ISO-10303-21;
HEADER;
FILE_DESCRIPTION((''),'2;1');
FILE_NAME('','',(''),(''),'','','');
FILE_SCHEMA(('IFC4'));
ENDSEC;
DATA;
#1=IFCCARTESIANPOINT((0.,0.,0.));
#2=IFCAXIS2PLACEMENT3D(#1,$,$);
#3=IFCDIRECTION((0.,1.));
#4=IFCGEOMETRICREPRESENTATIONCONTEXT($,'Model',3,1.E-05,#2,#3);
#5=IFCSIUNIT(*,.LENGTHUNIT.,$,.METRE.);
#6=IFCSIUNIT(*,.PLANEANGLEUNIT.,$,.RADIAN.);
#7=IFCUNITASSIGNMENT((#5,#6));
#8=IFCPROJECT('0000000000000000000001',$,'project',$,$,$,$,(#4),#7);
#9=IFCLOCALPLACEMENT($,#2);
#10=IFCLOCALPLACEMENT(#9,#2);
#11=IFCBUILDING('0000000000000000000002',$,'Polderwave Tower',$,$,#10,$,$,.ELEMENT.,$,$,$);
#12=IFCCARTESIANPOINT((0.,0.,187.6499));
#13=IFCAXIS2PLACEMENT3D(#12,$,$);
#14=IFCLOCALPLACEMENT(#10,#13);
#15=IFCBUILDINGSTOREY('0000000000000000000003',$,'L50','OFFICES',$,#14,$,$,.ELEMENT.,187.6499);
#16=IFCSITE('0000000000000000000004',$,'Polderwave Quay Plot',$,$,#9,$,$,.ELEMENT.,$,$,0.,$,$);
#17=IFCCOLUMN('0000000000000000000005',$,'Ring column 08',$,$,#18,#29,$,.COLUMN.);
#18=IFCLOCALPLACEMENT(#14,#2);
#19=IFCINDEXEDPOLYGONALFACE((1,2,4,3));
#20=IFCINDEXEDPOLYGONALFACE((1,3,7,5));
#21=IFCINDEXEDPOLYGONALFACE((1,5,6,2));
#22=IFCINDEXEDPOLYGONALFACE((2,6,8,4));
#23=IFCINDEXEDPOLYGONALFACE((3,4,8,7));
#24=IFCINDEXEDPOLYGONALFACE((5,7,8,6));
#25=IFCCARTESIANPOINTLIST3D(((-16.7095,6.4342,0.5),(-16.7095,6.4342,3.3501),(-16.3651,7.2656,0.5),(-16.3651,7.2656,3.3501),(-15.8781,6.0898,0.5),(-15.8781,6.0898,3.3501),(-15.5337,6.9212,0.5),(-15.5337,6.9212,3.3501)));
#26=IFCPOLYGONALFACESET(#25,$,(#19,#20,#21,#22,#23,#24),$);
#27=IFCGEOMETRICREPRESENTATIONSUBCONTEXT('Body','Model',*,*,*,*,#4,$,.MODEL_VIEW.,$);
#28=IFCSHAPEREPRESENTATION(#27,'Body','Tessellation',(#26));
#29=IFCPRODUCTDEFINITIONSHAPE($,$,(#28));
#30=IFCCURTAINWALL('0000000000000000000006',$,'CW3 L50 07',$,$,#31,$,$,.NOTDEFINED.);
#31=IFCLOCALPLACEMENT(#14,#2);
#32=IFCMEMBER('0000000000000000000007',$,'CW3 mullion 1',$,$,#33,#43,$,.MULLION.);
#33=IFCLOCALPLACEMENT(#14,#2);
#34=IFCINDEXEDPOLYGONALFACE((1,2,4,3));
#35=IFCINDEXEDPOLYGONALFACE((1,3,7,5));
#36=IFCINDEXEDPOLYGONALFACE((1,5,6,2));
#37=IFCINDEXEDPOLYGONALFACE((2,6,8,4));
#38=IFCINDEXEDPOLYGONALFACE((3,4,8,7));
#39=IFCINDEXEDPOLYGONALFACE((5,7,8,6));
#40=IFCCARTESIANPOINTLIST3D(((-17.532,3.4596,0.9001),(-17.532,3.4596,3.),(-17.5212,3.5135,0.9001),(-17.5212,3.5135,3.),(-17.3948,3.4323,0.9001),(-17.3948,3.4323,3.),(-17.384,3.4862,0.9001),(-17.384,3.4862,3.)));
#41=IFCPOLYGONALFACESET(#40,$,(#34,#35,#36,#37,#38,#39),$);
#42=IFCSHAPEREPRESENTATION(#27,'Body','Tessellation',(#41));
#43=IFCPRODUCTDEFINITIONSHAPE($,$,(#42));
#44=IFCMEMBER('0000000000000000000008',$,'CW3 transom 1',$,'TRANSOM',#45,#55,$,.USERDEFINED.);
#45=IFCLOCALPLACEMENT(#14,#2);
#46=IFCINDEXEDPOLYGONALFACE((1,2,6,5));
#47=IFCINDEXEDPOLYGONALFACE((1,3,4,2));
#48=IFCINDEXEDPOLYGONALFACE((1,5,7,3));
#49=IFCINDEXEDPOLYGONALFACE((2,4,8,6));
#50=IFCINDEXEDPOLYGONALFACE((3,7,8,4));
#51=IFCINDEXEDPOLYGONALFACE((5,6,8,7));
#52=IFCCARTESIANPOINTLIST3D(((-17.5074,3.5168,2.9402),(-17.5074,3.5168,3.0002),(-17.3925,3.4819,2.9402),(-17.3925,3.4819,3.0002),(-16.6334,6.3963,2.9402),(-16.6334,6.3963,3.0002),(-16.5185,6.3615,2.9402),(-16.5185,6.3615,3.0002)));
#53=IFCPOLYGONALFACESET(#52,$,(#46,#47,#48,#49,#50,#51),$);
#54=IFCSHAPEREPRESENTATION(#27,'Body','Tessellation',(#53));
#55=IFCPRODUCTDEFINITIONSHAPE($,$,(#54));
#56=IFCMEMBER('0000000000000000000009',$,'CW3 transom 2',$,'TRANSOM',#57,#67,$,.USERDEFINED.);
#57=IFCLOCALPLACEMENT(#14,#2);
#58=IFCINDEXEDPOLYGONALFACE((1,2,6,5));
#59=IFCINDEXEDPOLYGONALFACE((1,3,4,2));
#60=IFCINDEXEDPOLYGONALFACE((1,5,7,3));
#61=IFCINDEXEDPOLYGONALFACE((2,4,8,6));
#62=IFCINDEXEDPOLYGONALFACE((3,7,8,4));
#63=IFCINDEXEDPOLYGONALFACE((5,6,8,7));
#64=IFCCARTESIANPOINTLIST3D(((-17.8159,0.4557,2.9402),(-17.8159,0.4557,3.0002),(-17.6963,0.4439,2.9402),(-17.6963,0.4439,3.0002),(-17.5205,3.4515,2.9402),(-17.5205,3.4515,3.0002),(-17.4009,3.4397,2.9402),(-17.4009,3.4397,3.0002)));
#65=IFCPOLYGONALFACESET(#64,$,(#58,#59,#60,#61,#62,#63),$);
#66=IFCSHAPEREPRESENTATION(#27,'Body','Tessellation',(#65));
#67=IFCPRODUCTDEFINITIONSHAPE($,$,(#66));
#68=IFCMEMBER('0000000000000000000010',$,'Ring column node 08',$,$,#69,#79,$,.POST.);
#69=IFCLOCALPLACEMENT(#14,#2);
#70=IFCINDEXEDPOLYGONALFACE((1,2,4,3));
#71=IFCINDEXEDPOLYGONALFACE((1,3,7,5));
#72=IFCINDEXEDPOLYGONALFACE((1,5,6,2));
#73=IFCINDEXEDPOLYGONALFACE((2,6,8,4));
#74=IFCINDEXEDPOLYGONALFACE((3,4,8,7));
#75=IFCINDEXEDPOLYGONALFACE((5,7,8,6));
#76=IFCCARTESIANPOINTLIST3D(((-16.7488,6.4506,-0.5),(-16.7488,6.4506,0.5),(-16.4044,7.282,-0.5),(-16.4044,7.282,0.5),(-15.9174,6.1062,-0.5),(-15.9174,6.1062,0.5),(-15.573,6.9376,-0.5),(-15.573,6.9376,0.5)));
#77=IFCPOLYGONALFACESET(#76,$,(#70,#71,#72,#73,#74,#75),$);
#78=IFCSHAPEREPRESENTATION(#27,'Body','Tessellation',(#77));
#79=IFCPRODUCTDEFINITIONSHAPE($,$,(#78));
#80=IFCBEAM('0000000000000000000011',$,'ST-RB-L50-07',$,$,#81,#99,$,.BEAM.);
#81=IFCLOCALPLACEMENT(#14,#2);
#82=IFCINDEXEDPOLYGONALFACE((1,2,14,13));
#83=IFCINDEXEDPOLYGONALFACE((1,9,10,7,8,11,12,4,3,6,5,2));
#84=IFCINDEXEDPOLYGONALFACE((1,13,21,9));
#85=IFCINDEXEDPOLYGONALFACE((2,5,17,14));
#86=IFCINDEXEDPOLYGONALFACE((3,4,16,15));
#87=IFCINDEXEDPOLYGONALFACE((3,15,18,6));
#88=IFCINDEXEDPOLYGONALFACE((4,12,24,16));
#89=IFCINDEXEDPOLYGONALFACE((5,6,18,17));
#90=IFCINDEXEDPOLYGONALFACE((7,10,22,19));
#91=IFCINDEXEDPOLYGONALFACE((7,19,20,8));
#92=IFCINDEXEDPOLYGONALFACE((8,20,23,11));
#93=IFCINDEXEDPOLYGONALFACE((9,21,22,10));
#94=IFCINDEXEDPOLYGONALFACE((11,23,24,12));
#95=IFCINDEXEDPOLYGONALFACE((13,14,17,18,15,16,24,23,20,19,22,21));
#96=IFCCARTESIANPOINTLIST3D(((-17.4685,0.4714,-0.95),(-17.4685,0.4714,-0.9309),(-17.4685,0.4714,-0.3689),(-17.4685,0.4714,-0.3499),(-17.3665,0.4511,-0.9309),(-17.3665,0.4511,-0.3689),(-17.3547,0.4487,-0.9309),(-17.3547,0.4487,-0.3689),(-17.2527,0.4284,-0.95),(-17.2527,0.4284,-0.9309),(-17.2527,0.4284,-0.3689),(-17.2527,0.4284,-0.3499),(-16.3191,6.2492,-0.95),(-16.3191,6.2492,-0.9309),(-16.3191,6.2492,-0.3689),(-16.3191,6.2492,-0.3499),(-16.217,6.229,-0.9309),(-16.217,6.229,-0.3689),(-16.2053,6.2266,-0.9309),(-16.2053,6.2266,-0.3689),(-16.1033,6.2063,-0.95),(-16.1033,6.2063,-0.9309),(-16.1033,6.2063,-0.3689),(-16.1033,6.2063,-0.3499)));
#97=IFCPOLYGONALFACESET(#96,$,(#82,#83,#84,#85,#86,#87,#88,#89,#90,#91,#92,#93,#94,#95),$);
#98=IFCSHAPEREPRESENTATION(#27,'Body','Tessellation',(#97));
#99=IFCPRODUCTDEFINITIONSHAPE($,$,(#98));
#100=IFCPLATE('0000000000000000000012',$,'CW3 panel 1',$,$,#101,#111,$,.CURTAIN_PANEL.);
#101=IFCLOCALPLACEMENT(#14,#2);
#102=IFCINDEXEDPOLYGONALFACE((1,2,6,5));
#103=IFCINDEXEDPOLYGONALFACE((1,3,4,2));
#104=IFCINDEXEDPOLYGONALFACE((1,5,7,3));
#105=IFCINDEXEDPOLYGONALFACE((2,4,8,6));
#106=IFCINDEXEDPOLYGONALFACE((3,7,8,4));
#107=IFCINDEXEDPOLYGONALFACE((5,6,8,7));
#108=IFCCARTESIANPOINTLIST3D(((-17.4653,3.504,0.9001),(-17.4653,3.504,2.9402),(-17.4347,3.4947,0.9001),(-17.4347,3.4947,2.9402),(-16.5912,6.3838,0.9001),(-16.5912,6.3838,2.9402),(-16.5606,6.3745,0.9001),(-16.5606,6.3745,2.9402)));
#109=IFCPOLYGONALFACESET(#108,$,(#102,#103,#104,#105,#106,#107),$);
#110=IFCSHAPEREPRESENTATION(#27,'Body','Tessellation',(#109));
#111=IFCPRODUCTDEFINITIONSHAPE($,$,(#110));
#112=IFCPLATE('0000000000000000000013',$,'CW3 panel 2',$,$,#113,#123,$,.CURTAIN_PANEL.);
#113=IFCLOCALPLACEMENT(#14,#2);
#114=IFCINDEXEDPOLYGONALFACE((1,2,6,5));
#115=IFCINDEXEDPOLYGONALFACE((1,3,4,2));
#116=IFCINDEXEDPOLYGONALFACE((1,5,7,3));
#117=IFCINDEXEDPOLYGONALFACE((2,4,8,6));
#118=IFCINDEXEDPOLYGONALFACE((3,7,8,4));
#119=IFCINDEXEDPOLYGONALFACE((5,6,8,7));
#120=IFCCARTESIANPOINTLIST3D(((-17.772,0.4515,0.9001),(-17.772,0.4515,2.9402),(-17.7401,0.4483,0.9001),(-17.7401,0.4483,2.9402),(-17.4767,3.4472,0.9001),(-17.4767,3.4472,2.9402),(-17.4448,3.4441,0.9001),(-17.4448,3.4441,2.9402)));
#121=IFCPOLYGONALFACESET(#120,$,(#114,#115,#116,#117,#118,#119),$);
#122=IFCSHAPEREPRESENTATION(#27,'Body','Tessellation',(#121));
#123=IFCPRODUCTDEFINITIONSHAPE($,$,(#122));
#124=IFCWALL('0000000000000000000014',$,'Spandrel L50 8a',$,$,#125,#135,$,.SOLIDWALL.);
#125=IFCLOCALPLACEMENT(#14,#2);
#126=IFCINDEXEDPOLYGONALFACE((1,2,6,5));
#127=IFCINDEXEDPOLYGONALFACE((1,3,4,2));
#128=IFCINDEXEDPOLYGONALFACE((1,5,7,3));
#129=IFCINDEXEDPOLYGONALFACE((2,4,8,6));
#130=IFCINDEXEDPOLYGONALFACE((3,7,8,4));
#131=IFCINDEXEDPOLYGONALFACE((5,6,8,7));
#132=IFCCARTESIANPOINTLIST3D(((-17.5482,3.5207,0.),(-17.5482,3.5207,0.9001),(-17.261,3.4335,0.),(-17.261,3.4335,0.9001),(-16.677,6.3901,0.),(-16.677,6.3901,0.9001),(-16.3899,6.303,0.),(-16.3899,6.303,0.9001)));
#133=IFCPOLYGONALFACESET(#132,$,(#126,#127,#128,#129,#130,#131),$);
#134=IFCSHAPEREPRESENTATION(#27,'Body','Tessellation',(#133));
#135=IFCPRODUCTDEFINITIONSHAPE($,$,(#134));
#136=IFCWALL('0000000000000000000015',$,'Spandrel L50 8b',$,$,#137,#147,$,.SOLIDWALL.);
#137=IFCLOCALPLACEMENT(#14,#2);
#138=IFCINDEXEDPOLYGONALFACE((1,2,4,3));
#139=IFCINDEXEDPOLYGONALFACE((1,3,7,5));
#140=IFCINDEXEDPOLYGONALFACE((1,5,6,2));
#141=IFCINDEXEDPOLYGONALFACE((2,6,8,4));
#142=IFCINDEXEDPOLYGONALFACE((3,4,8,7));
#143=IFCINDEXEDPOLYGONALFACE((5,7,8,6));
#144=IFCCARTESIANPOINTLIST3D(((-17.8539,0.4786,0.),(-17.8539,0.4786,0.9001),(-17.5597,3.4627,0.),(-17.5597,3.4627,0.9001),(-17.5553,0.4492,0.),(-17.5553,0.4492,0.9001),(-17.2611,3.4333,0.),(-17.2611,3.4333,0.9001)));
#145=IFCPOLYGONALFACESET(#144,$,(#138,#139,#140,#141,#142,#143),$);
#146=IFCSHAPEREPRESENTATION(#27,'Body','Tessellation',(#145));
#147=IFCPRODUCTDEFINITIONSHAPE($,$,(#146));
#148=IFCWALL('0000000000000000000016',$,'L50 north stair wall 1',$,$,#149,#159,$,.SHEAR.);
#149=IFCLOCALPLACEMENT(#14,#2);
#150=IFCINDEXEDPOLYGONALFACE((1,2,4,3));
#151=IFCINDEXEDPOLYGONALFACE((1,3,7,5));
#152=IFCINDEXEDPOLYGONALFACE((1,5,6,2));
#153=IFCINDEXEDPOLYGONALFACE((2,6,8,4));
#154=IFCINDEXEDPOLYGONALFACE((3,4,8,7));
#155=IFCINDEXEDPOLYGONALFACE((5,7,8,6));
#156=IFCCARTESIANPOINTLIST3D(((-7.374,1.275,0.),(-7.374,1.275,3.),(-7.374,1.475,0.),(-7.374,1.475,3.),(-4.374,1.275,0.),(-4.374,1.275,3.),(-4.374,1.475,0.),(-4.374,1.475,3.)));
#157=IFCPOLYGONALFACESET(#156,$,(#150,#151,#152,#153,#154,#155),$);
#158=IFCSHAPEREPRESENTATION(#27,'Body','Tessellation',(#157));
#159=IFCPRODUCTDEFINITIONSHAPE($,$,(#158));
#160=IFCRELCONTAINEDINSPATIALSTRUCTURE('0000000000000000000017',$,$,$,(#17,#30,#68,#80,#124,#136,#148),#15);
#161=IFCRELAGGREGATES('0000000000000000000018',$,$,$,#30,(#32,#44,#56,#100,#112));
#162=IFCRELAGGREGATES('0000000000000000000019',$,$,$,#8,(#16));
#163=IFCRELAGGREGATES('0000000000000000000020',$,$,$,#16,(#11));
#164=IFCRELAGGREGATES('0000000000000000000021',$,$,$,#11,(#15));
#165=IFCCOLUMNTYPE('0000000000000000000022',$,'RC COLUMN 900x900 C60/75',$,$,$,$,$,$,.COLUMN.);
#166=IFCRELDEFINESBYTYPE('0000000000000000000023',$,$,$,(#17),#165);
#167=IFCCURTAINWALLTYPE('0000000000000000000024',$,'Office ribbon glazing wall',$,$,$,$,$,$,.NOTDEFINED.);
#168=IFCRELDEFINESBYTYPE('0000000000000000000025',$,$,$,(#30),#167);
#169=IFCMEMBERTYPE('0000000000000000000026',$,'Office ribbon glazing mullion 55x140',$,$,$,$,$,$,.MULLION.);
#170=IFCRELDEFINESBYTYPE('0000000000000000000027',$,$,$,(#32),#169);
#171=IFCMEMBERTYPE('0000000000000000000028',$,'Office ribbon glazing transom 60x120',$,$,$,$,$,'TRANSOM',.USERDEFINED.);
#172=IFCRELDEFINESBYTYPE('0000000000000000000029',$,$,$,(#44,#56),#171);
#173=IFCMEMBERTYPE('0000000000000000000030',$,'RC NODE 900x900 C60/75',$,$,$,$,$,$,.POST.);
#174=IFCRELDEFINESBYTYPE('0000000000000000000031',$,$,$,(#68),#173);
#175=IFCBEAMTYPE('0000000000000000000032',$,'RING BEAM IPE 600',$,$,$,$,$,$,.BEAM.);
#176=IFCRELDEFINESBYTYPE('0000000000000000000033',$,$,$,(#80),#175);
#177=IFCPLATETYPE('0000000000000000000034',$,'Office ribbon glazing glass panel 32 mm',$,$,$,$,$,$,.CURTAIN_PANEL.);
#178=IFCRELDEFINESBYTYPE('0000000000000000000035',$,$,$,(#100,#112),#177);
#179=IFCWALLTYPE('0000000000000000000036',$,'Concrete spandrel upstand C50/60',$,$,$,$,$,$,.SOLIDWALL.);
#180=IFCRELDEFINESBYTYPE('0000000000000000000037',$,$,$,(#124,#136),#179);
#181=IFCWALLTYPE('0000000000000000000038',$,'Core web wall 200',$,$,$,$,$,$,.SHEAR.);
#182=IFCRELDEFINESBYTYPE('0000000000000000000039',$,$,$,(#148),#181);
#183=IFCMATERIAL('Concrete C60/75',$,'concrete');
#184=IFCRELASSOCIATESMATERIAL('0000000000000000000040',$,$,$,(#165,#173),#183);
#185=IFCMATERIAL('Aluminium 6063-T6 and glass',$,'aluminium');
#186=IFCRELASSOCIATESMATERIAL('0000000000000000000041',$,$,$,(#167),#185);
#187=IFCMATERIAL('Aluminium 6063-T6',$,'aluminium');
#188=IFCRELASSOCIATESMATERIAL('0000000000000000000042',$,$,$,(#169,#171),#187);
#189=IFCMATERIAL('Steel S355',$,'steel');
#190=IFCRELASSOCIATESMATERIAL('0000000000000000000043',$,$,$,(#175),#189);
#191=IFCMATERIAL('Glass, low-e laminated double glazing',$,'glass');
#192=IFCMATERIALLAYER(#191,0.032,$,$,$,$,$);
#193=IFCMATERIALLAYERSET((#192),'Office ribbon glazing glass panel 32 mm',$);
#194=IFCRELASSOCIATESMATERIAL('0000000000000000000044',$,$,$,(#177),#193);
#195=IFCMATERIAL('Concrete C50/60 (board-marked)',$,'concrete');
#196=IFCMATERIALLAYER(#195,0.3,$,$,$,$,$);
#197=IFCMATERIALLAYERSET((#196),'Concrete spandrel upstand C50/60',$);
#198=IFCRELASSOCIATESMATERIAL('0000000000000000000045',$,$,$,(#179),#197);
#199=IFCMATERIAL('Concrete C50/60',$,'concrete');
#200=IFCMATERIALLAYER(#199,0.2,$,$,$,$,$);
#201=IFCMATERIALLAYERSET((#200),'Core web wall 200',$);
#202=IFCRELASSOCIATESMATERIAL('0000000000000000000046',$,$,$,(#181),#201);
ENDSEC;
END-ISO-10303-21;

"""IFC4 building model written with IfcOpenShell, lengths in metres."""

from ifc_helpers import new_model, si_unit, direction, frame, frame_2d, origin, origin_2d, place, context, subcontext, project, spatial, rectangle, i_section, extrude, material, layer, layer_set, material_profile, profile_set, type_object, element, aggregate, save


model = new_model("IFC4")

# Units and contexts
model_context = context("Model", 3, precision=1e-05, world=origin(), true_north=direction((0.0, 1.0)))
body_context = subcontext(model_context, "Body", "Model", "MODEL_VIEW")
ifc_project = project(units=[si_unit("LENGTHUNIT", "METRE"), si_unit("PLANEANGLEUNIT", "RADIAN")], contexts=[model_context])

# Site, building, storey
site_placement = place(None, origin())
site = spatial("IfcSite", under=ifc_project, at=site_placement, Name="Polderwave Quay Plot", CompositionType="ELEMENT", RefElevation=0.0)
building_placement = place(site_placement, origin())
building = spatial("IfcBuilding", under=site, at=building_placement, Name="Polderwave Tower", CompositionType="ELEMENT")
storey_placement = place(building_placement, frame((0.0, 0.0, 187.6499)))
storey = spatial("IfcBuildingStorey", under=building, at=storey_placement, Name="L50", Description="OFFICES", CompositionType="ELEMENT", Elevation=187.6499)

# Column
ifc_material_1 = material(Name="Concrete C60/75", Category="concrete")
ifc_material_profile_1 = material_profile(ifc_material_1, rectangle(XDim=0.8999, YDim=0.8999, at=origin_2d()), Name="RC 900x900")
ifc_profile_set_1 = profile_set([ifc_material_profile_1], Name="Concrete C60/75")
column_type = type_object("IfcColumnType", Name="RC COLUMN 900x900 C60/75", PredefinedType="COLUMN", material=ifc_profile_set_1)
column_placement = place(storey_placement, frame((-16.1216, 6.6777, 0.5), z_axis=(0.0, 0.0, 1.0), x_axis=(-0.92388, 0.382683, 0.0)))
element("IfcColumn", 1, at=column_placement, inside=storey, type_object=column_type, Name="Ring column 08", PredefinedType="COLUMN", context=body_context, shape_type="SweptSolid", body=[
    extrude(rectangle(XDim=0.8999, YDim=0.8999, at=origin_2d()), origin(), (0.0, 0.0, 1.0), 2.8501),
])

# Curtain wall, members
ifc_material_2 = material(Name="Aluminium 6063-T6 and glass", Category="aluminium")
curtain_wall_type = type_object("IfcCurtainWallType", Name="Office ribbon glazing wall", PredefinedType="NOTDEFINED", material=ifc_material_2)
curtain_wall_placement = place(storey_placement, origin())
curtain_wall = element("IfcCurtainWall", 2, at=curtain_wall_placement, inside=storey, type_object=curtain_wall_type, Name="CW3 L50 07", PredefinedType="NOTDEFINED")
ifc_material_3 = material(Name="Aluminium 6063-T6", Category="aluminium")
ifc_material_profile_2 = material_profile(ifc_material_3, rectangle(XDim=0.1399, YDim=0.0549, at=origin_2d()), Name="AL 55x140")
ifc_profile_set_2 = profile_set([ifc_material_profile_2], Name="Aluminium 6063-T6")
member_type_1 = type_object("IfcMemberType", Name="Office ribbon glazing mullion 55x140", PredefinedType="MULLION", material=ifc_profile_set_2)
member_1_placement = place(storey_placement, frame((-17.458, 3.4729, 0.9001), z_axis=(0.0, 0.0, 1.0), x_axis=(0.980762, -0.195205, 0.0)))
member_1 = element("IfcMember", 3, at=member_1_placement, type_object=member_type_1, Name="CW3 mullion 1", PredefinedType="MULLION", context=body_context, shape_type="SweptSolid", body=[
    extrude(rectangle(XDim=0.1399, YDim=0.0549, at=origin_2d()), origin(), (0.0, 0.0, 1.0), 2.0999),
])
ifc_material_profile_3 = material_profile(ifc_material_3, rectangle(XDim=0.1201, YDim=0.0601, at=origin_2d()), Name="AL 60x120")
ifc_profile_set_3 = profile_set([ifc_material_profile_3], Name="Aluminium 6063-T6")
member_type_2 = type_object("IfcMemberType", Name="Office ribbon glazing transom 60x120", ElementType="TRANSOM", PredefinedType="USERDEFINED", material=ifc_profile_set_3)
member_2_placement = place(storey_placement, frame((-16.5759, 6.3789, 2.9702), z_axis=(-0.290435, -0.956895, 0.0), x_axis=(0.956895, -0.290435, 0.0)))
member_2 = element("IfcMember", 4, at=member_2_placement, type_object=member_type_2, Name="CW3 transom 1", ObjectType="TRANSOM", PredefinedType="USERDEFINED", context=body_context, shape_type="SweptSolid", body=[
    extrude(rectangle(XDim=0.1201, YDim=0.0601, at=origin_2d()), origin(), (0.0, 0.0, 1.0), 3.0093),
])
member_3_placement = place(storey_placement, frame((-17.4607, 3.4456, 2.9702), z_axis=(-0.098138, -0.995173, 0.0), x_axis=(0.995173, -0.098138, 0.0)))
member_3 = element("IfcMember", 5, at=member_3_placement, type_object=member_type_2, Name="CW3 transom 2", ObjectType="TRANSOM", PredefinedType="USERDEFINED", context=body_context, shape_type="SweptSolid", body=[
    extrude(rectangle(XDim=0.1201, YDim=0.0601, at=origin_2d()), origin(), (0.0, 0.0, 1.0), 3.0103),
])

# Member
ifc_material_profile_4 = material_profile(ifc_material_1, rectangle(XDim=0.8999, YDim=0.8999, at=origin_2d()), Name="RC 900x900")
ifc_profile_set_4 = profile_set([ifc_material_profile_4], Name="Concrete C60/75")
member_type_3 = type_object("IfcMemberType", Name="RC NODE 900x900 C60/75", PredefinedType="POST", material=ifc_profile_set_4)
member_4_placement = place(storey_placement, frame((-16.1609, 6.6941, -0.5), z_axis=(0.0, 0.0, 1.0), x_axis=(-0.92388, 0.382683, 0.0)))
element("IfcMember", 6, at=member_4_placement, inside=storey, type_object=member_type_3, Name="Ring column node 08", PredefinedType="POST", context=body_context, shape_type="SweptSolid", body=[
    extrude(rectangle(XDim=0.8999, YDim=0.8999, at=origin_2d()), origin(), (0.0, 0.0, 1.0), 1.0),
])

# Beam
ifc_material_4 = material(Name="Steel S355", Category="steel")
ifc_material_profile_5 = material_profile(ifc_material_4, i_section(OverallWidth=0.22, OverallDepth=0.6001, WebThickness=0.012, FlangeThickness=0.019, at=origin_2d()), Name="IPE 600")
ifc_profile_set_5 = profile_set([ifc_material_profile_5], Name="Steel S355")
beam_type = type_object("IfcBeamType", Name="RING BEAM IPE 600", PredefinedType="BEAM", material=ifc_profile_set_5)
beam_placement = place(storey_placement, frame((-16.2112, 6.2278, -0.6499), z_axis=(-0.195112, -0.980781, 0.0), x_axis=(0.980781, -0.195112, 0.0)))
element("IfcBeam", 7, at=beam_placement, inside=storey, type_object=beam_type, Name="ST-RB-L50-07", PredefinedType="BEAM", context=body_context, shape_type="SweptSolid", body=[
    extrude(i_section(OverallWidth=0.22, OverallDepth=0.6001, WebThickness=0.012, FlangeThickness=0.019, at=origin_2d()), origin(), (0.0, 0.0, 1.0), 5.8911),
])

# Plates
ifc_material_5 = material(Name="Glass, low-e laminated double glazing", Category="glass")
ifc_layer_1 = layer(ifc_material_5, 0.032)
ifc_layer_set_1 = layer_set([ifc_layer_1], Name="Office ribbon glazing glass panel 32 mm")
plate_type = type_object("IfcPlateType", Name="Office ribbon glazing glass panel 32 mm", PredefinedType="CURTAIN_PANEL", material=ifc_layer_set_1)
plate_1_placement = place(storey_placement, frame((-17.0129, 4.9392, 0.9001), z_axis=(0.0, 0.0, 1.0), x_axis=(-0.290428, -0.956897, 0.0)))
plate_1 = element("IfcPlate", 8, at=plate_1_placement, type_object=plate_type, Name="CW3 panel 1", PredefinedType="CURTAIN_PANEL", context=body_context, shape_type="SweptSolid", body=[
    extrude(rectangle(XDim=3.0095, YDim=0.032, at=origin_2d()), origin(), (0.0, 0.0, 1.0), 2.04),
])
plate_2_placement = place(storey_placement, frame((-17.6084, 1.9478, 0.9001), z_axis=(0.0, 0.0, 1.0), x_axis=(-0.098102, -0.995176, 0.0)))
plate_2 = element("IfcPlate", 9, at=plate_2_placement, type_object=plate_type, Name="CW3 panel 2", PredefinedType="CURTAIN_PANEL", context=body_context, shape_type="SweptSolid", body=[
    extrude(rectangle(XDim=3.0103, YDim=0.032, at=origin_2d()), origin(), (0.0, 0.0, 1.0), 2.04),
])
aggregate(curtain_wall, [member_1, member_2, member_3, plate_1, plate_2])

# Walls
ifc_material_6 = material(Name="Concrete C50/60 (board-marked)", Category="concrete")
ifc_layer_2 = layer(ifc_material_6, 0.3)
ifc_layer_set_2 = layer_set([ifc_layer_2], Name="Concrete spandrel upstand C50/60")
wall_type_1 = type_object("IfcWallType", Name="Concrete spandrel upstand C50/60", PredefinedType="SOLIDWALL", material=ifc_layer_set_2)
wall_1_placement = place(storey_placement, frame((-16.5334, 6.3467, 0.0), z_axis=(0.0, 0.0, 1.0), x_axis=(-0.290491, -0.956878, 0.0)))
element("IfcWall", 10, at=wall_1_placement, inside=storey, type_object=wall_type_1, Name="Spandrel L50 8a", PredefinedType="SOLIDWALL", context=body_context, shape_type="SweptSolid", body=[
    extrude(rectangle(XDim=2.9988, YDim=0.3, at=frame_2d((1.4995, 0.0))), origin(), (0.0, 0.0, 1.0), 0.9001),
])
wall_2_placement = place(storey_placement, frame((-17.4104, 3.448, 0.0), z_axis=(0.0, 0.0, 1.0), x_axis=(-0.098109, -0.995176, 0.0)))
element("IfcWall", 11, at=wall_2_placement, inside=storey, type_object=wall_type_1, Name="Spandrel L50 8b", PredefinedType="SOLIDWALL", context=body_context, shape_type="SweptSolid", body=[
    extrude(rectangle(XDim=2.9985, YDim=0.3, at=frame_2d((1.4993, 0.0))), origin(), (0.0, 0.0, 1.0), 0.9001),
])
ifc_material_7 = material(Name="Concrete C50/60", Category="concrete")
ifc_layer_3 = layer(ifc_material_7, 0.2)
ifc_layer_set_3 = layer_set([ifc_layer_3], Name="Core web wall 200")
wall_type_2 = type_object("IfcWallType", Name="Core web wall 200", PredefinedType="SHEAR", material=ifc_layer_set_3)
wall_3_placement = place(storey_placement, frame((-7.374, 1.375, 0.0), z_axis=(0.0, 0.0, 1.0), x_axis=(1.0, 0.0, 0.0)))
element("IfcWall", 12, at=wall_3_placement, inside=storey, type_object=wall_type_2, Name="L50 north stair wall 1", PredefinedType="SHEAR", context=body_context, shape_type="SweptSolid", body=[
    extrude(rectangle(XDim=3.0, YDim=0.2, at=frame_2d((1.5, 0.0))), origin(), (0.0, 0.0, 1.0), 3.0),
])

save(model, "model.ifc")
